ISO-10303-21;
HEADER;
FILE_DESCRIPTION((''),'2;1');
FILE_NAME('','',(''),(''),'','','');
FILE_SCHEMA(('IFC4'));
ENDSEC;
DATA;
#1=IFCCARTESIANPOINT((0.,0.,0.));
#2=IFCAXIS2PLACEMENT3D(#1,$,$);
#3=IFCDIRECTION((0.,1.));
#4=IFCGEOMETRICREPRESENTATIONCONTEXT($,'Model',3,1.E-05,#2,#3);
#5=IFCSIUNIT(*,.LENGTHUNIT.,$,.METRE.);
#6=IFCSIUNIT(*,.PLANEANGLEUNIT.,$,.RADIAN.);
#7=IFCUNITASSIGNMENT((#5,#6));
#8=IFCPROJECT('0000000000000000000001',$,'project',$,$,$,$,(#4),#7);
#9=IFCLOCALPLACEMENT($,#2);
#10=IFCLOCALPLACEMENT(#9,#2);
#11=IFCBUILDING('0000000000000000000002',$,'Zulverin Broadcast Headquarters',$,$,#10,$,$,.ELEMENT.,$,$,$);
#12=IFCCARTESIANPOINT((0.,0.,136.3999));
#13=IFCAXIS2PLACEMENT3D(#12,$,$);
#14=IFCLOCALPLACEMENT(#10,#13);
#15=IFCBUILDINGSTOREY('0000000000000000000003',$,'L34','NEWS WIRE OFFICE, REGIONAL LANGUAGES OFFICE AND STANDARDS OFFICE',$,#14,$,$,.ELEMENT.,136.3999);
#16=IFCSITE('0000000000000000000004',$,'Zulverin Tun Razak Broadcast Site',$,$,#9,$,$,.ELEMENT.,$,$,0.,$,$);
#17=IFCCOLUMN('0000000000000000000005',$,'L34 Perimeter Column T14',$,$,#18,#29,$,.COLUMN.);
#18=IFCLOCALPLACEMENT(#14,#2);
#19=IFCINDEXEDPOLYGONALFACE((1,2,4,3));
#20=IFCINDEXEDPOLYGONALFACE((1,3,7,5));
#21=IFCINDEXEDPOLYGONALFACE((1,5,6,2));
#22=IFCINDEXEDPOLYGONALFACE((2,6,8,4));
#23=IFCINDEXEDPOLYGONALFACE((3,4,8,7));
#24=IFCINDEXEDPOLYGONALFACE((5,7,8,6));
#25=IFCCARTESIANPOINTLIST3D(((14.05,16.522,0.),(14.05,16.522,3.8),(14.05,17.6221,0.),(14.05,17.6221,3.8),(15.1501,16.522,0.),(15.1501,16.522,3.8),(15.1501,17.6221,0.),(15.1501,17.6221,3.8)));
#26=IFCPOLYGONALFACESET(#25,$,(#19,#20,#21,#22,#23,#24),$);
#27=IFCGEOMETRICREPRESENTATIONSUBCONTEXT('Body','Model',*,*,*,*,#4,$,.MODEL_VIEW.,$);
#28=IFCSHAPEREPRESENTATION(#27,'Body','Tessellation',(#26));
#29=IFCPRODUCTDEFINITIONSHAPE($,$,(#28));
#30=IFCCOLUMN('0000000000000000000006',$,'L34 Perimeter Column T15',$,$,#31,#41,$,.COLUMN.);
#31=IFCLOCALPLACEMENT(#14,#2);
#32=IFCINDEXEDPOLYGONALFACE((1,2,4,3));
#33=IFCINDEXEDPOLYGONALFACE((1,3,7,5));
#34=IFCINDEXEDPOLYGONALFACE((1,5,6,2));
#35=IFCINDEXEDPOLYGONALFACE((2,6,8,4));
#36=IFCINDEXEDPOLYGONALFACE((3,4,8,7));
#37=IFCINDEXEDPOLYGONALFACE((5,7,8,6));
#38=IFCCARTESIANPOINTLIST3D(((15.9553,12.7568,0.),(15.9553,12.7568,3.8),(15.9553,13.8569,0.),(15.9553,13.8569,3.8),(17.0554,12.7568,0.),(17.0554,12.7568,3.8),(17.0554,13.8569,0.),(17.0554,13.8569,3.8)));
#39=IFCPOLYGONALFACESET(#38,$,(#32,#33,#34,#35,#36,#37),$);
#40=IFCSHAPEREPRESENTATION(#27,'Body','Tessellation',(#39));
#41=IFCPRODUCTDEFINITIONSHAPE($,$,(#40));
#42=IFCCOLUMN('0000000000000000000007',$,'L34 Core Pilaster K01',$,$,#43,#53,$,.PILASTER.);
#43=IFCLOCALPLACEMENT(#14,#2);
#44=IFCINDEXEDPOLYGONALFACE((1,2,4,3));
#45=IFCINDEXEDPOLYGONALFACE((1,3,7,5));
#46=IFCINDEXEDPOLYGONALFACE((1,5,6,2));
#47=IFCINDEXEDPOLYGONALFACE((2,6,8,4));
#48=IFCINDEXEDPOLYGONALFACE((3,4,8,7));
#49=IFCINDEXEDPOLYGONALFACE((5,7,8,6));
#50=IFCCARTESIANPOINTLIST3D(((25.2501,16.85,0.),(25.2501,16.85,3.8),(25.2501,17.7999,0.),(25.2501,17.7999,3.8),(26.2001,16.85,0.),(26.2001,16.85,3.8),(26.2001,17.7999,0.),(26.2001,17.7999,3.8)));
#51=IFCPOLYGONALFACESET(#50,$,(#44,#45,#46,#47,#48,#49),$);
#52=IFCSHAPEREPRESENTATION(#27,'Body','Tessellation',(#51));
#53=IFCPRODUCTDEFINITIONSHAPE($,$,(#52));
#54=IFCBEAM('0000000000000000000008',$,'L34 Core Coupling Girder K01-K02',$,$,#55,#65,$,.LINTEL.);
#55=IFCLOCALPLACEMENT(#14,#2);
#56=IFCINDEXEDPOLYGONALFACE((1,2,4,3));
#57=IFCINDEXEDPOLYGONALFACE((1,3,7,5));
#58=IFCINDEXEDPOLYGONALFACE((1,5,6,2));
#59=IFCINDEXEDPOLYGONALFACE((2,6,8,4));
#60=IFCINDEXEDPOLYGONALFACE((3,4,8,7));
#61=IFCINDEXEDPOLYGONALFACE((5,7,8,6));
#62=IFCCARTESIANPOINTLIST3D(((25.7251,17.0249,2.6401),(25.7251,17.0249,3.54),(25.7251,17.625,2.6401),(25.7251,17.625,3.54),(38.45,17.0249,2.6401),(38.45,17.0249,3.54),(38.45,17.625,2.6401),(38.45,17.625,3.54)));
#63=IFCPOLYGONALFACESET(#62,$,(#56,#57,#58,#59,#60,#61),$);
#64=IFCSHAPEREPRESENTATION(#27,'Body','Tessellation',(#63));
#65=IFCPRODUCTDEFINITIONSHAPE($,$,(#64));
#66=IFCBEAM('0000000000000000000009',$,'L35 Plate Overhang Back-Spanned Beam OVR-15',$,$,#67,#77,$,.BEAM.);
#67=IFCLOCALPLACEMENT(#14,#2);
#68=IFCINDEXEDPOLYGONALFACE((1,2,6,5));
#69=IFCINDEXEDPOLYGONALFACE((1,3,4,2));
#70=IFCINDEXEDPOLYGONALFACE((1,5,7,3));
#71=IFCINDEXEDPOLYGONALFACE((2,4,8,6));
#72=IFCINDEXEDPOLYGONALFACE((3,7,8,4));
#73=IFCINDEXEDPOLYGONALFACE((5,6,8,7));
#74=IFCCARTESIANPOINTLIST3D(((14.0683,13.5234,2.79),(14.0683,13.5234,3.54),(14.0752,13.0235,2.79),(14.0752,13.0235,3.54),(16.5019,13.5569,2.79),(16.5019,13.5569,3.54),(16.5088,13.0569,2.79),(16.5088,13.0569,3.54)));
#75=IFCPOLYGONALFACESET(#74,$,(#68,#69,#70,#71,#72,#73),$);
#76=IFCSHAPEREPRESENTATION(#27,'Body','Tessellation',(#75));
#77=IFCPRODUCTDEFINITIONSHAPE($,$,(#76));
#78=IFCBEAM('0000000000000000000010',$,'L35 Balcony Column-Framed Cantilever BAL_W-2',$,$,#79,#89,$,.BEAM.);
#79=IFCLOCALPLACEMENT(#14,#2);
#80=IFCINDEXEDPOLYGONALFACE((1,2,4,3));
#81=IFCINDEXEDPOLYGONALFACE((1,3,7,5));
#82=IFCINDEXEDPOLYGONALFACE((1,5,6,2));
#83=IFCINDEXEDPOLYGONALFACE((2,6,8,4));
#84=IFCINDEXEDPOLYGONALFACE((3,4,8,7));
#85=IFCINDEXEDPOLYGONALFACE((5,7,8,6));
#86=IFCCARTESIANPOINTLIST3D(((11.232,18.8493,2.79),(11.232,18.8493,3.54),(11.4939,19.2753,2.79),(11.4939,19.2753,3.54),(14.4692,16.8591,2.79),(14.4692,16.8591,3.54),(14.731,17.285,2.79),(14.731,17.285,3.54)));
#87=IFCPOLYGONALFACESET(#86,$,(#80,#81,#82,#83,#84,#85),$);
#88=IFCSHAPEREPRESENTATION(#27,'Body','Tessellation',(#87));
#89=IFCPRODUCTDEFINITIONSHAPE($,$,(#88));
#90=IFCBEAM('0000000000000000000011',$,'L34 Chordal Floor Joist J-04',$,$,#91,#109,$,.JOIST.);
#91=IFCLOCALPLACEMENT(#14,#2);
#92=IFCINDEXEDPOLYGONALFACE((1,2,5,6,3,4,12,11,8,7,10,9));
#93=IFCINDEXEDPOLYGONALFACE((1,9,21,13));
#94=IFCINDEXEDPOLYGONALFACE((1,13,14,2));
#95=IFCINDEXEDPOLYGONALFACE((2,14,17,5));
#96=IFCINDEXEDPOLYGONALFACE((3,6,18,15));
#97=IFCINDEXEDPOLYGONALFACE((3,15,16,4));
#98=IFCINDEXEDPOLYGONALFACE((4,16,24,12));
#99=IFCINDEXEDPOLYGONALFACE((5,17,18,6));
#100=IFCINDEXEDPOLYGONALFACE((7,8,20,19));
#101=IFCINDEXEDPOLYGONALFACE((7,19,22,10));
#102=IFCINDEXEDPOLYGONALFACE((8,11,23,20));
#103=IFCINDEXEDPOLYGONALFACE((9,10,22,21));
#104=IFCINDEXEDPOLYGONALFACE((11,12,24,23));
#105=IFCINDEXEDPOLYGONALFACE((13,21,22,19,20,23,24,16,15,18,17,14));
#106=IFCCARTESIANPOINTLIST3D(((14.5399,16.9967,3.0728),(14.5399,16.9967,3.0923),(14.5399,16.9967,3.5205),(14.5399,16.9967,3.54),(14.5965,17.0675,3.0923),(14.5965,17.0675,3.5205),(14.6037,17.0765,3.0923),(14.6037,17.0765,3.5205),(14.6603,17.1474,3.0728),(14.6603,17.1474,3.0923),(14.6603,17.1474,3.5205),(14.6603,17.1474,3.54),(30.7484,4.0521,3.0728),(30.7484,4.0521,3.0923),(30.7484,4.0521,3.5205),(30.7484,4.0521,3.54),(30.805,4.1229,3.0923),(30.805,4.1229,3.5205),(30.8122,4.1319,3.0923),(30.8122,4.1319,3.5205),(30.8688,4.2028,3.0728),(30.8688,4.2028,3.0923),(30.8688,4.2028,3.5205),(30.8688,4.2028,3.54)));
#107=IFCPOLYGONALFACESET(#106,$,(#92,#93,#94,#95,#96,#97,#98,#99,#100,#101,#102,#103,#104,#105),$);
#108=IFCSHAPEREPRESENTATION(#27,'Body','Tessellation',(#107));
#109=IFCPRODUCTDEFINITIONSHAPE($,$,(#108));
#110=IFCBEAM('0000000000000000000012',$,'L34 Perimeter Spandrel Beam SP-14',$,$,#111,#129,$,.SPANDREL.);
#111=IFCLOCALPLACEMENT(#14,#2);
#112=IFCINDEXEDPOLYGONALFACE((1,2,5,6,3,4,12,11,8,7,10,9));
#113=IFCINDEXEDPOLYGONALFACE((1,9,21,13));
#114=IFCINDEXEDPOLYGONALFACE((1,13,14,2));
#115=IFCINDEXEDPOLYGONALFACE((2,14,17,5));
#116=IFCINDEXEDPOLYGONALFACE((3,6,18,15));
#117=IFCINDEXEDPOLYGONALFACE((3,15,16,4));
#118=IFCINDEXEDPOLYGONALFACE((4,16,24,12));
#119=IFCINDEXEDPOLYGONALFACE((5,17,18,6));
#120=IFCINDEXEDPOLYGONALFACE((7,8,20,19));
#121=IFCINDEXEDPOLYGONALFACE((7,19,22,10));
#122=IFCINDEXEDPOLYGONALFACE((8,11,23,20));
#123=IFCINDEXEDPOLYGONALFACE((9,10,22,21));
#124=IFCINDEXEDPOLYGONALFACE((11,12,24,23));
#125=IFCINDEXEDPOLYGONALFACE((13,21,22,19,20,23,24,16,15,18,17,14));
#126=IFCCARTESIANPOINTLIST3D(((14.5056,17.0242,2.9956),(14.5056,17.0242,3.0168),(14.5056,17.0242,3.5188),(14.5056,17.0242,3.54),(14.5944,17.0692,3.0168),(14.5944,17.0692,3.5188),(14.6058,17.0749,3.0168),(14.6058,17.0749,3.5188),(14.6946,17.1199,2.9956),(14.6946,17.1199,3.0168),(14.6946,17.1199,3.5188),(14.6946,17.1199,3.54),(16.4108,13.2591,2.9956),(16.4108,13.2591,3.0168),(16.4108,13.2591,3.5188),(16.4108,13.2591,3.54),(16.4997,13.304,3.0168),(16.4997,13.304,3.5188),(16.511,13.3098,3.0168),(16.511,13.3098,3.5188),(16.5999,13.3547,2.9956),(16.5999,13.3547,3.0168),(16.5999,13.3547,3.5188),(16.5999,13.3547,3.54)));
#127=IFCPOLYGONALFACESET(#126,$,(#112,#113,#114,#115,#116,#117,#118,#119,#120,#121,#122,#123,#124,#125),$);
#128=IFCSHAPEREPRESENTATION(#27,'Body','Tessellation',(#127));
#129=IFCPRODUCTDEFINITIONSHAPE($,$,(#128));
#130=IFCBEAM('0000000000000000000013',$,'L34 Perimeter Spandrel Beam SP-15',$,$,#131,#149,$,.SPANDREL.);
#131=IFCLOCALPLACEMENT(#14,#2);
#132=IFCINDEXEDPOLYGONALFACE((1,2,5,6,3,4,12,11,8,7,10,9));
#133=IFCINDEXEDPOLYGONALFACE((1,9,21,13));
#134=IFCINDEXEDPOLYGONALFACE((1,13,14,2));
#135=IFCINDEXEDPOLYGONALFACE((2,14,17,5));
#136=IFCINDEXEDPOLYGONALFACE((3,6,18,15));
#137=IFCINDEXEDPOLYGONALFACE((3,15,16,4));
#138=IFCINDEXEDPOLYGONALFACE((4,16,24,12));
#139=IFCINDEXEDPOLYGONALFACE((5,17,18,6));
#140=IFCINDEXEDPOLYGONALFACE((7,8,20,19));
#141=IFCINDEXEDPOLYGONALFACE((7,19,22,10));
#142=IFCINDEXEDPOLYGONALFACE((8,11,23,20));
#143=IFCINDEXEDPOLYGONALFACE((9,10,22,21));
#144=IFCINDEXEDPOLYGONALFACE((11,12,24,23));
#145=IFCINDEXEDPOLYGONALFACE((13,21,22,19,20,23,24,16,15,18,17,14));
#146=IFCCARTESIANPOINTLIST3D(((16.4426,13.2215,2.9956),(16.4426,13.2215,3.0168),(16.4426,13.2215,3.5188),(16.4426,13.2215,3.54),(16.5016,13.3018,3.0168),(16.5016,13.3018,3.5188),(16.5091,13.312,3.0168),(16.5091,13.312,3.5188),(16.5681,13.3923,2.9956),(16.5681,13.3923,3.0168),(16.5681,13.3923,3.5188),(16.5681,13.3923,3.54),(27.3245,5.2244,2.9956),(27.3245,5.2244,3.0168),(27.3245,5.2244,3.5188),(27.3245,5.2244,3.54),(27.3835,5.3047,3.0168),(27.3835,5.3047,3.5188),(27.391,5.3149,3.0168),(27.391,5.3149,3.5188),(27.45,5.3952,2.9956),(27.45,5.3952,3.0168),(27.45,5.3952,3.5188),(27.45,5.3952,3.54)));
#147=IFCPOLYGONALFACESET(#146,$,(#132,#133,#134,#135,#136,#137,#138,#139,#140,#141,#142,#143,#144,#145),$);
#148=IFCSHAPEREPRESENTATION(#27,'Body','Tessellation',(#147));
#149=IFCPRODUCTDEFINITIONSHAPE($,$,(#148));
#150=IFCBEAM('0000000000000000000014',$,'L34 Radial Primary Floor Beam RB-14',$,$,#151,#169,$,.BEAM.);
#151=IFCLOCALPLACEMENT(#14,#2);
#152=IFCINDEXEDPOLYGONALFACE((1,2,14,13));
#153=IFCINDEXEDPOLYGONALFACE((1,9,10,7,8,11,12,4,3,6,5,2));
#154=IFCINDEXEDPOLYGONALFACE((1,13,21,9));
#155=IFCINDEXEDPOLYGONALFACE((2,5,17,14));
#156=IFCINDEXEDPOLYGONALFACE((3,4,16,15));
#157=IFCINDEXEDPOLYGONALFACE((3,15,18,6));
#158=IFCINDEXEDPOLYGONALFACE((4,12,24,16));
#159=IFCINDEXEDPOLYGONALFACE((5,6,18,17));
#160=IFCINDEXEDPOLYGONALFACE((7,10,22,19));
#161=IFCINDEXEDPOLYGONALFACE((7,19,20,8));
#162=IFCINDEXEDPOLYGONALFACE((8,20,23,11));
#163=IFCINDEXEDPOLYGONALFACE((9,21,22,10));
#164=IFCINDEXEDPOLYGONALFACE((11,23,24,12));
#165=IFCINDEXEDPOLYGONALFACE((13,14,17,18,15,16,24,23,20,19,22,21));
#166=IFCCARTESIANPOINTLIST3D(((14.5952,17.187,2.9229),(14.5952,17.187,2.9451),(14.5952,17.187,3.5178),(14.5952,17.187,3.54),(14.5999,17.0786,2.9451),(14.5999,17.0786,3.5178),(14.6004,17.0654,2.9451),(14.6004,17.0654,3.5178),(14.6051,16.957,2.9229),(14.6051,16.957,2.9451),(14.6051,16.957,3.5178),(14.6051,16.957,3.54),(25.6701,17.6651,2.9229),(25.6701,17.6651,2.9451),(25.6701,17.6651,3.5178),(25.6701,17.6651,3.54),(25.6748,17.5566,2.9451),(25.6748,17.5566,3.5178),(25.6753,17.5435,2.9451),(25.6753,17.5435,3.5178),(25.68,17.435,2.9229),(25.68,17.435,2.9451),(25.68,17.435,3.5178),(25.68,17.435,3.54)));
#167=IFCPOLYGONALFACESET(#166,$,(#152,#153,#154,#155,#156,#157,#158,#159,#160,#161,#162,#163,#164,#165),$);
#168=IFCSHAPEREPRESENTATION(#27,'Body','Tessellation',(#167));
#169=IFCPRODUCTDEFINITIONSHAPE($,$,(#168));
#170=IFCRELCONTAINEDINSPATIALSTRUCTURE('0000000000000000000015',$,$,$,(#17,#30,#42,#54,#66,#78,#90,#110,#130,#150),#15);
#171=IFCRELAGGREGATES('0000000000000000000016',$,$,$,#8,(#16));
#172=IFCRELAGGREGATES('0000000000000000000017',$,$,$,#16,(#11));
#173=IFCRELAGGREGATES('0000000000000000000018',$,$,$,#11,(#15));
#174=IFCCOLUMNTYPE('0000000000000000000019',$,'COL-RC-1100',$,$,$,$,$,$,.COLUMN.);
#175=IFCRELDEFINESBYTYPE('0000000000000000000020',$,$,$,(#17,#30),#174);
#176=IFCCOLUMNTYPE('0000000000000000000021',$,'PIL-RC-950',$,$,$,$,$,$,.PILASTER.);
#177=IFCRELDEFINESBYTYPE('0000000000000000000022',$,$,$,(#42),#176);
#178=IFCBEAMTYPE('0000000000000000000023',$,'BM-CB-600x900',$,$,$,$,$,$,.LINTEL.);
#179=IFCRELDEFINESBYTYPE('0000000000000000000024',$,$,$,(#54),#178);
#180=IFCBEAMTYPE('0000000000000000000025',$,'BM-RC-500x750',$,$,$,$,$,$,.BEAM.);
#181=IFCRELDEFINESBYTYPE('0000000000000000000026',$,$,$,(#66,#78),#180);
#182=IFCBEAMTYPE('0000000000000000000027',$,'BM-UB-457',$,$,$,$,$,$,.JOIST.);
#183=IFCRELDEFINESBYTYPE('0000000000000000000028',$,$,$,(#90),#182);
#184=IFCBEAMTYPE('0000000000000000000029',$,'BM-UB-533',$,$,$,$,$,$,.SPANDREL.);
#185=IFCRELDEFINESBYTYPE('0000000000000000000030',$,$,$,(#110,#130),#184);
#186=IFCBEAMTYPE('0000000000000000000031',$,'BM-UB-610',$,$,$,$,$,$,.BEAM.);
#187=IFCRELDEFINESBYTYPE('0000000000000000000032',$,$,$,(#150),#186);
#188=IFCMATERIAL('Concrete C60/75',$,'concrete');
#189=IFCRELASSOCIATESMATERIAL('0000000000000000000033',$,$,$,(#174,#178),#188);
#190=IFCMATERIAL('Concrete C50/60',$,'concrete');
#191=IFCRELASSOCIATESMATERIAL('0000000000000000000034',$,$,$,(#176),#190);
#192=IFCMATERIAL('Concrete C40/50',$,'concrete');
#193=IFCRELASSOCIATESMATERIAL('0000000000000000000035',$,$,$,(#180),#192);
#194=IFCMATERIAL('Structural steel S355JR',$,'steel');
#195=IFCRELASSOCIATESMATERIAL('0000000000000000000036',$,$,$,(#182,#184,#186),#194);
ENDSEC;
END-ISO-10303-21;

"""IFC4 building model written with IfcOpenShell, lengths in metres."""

from ifc_helpers import new_model, si_unit, direction, frame, origin, origin_2d, place, context, subcontext, project, spatial, rectangle, i_section, extrude, material, material_profile, profile_set, type_object, element, save


model = new_model("IFC4")

# Units and contexts
model_context = context("Model", 3, precision=1e-05, world=origin(), true_north=direction((0.0, 1.0)))
body_context = subcontext(model_context, "Body", "Model", "MODEL_VIEW")
ifc_project = project(units=[si_unit("LENGTHUNIT", "METRE"), si_unit("PLANEANGLEUNIT", "RADIAN")], contexts=[model_context])

# Site, building, storey
site_placement = place(None, origin())
site = spatial("IfcSite", under=ifc_project, at=site_placement, Name="Zulverin Tun Razak Broadcast Site", CompositionType="ELEMENT", RefElevation=0.0)
building_placement = place(site_placement, origin())
building = spatial("IfcBuilding", under=site, at=building_placement, Name="Zulverin Broadcast Headquarters", CompositionType="ELEMENT")
storey_placement = place(building_placement, frame((0.0, 0.0, 136.3999)))
storey = spatial("IfcBuildingStorey", under=building, at=storey_placement, Name="L34", Description="NEWS WIRE OFFICE, REGIONAL LANGUAGES OFFICE AND STANDARDS OFFICE", CompositionType="ELEMENT", Elevation=136.3999)

# Columns
ifc_material_1 = material(Name="Concrete C60/75", Category="concrete")
ifc_material_profile_1 = material_profile(ifc_material_1, rectangle(XDim=1.1001, YDim=1.1001, at=origin_2d()), Name="Concrete C60/75", Category="concrete")
ifc_profile_set_1 = profile_set([ifc_material_profile_1], Name="Concrete C60/75")
column_type_1 = type_object("IfcColumnType", Name="COL-RC-1100", PredefinedType="COLUMN", material=ifc_profile_set_1)
for number, where, z_axis, x_axis, name in (
    (1, (14.6001, 17.072, 0.0), (0.0, 0.0, 1.0), (1.0, 0.0, 0.0), "L34 Perimeter Column T14"),
    (2, (16.5054, 13.3069, 0.0), (0.0, 0.0, 1.0), (1.0, 0.0, 0.0), "L34 Perimeter Column T15"),
):
    element("IfcColumn", number, at=place(storey_placement, frame(where, z_axis=z_axis, x_axis=x_axis)), inside=storey, type_object=column_type_1, Name=name, PredefinedType="COLUMN", context=body_context, shape_type="SweptSolid", body=[
        extrude(rectangle(XDim=1.1001, YDim=1.1001, at=origin_2d()), origin(), (0.0, 0.0, 1.0), 3.8),
    ])
ifc_material_2 = material(Name="Concrete C50/60", Category="concrete")
ifc_material_profile_2 = material_profile(ifc_material_2, rectangle(XDim=0.95, YDim=0.95, at=origin_2d()), Name="Concrete C50/60", Category="concrete")
ifc_profile_set_2 = profile_set([ifc_material_profile_2], Name="Concrete C50/60")
column_type_2 = type_object("IfcColumnType", Name="PIL-RC-950", PredefinedType="PILASTER", material=ifc_profile_set_2)
column_placement = place(storey_placement, frame((25.7251, 17.325, 0.0), z_axis=(0.0, 0.0, 1.0), x_axis=(1.0, 0.0, 0.0)))
element("IfcColumn", 3, at=column_placement, inside=storey, type_object=column_type_2, Name="L34 Core Pilaster K01", PredefinedType="PILASTER", context=body_context, shape_type="SweptSolid", body=[
    extrude(rectangle(XDim=0.95, YDim=0.95, at=origin_2d()), origin(), (0.0, 0.0, 1.0), 3.8),
])

# Beams
ifc_material_profile_3 = material_profile(ifc_material_1, rectangle(XDim=0.6001, YDim=0.8999, at=origin_2d()), Name="Concrete C60/75", Category="concrete")
ifc_profile_set_3 = profile_set([ifc_material_profile_3], Name="Concrete C60/75")
beam_type_1 = type_object("IfcBeamType", Name="BM-CB-600x900", PredefinedType="LINTEL", material=ifc_profile_set_3)
beam_1_placement = place(storey_placement, frame((25.7251, 17.325, 3.0901), z_axis=(1.0, 0.0, 0.0), x_axis=(0.0, 1.0, 0.0)))
element("IfcBeam", 4, at=beam_1_placement, inside=storey, type_object=beam_type_1, Name="L34 Core Coupling Girder K01-K02", PredefinedType="LINTEL", context=body_context, shape_type="SweptSolid", body=[
    extrude(rectangle(XDim=0.6001, YDim=0.8999, at=origin_2d()), origin(), (0.0, 0.0, 1.0), 12.7249),
])
ifc_material_3 = material(Name="Concrete C40/50", Category="concrete")
ifc_material_profile_4 = material_profile(ifc_material_3, rectangle(XDim=0.5, YDim=0.75, at=origin_2d()), Name="Concrete C40/50", Category="concrete")
ifc_profile_set_4 = profile_set([ifc_material_profile_4], Name="Concrete C40/50")
beam_type_2 = type_object("IfcBeamType", Name="BM-RC-500x750", PredefinedType="BEAM", material=ifc_profile_set_4)
beam_2_placement = place(storey_placement, frame((16.5054, 13.3069, 3.165), z_axis=(-0.999906, -0.013743, 0.0), x_axis=(0.013743, -0.999906, 0.0)))
element("IfcBeam", 5, at=beam_2_placement, inside=storey, type_object=beam_type_2, Name="L35 Plate Overhang Back-Spanned Beam OVR-15", PredefinedType="BEAM", context=body_context, shape_type="SweptSolid", body=[
    extrude(rectangle(XDim=0.5, YDim=0.75, at=origin_2d()), origin(), (0.0, 0.0, 1.0), 2.4338),
])
beam_3_placement = place(storey_placement, frame((14.6001, 17.072, 3.165), z_axis=(-0.85187, 0.523753, 0.0), x_axis=(-0.523753, -0.85187, 0.0)))
element("IfcBeam", 6, at=beam_3_placement, inside=storey, type_object=beam_type_2, Name="L35 Balcony Column-Framed Cantilever BAL_W-2", PredefinedType="BEAM", context=body_context, shape_type="SweptSolid", body=[
    extrude(rectangle(XDim=0.5, YDim=0.75, at=origin_2d()), origin(), (0.0, 0.0, 1.0), 3.8),
])
ifc_material_4 = material(Name="Structural steel S355JR", Category="steel")
ifc_material_profile_5 = material_profile(ifc_material_4, i_section(OverallWidth=0.1929, OverallDepth=0.4673, WebThickness=0.0115, FlangeThickness=0.0195, at=origin_2d()), Name="Structural steel S355JR", Category="steel")
ifc_profile_set_5 = profile_set([ifc_material_profile_5], Name="Structural steel S355JR")
beam_type_3 = type_object("IfcBeamType", Name="BM-UB-457", PredefinedType="JOIST", material=ifc_profile_set_5)
beam_4_placement = place(storey_placement, frame((14.6001, 17.072, 3.3064), z_axis=(0.781391, -0.624042, 0.0), x_axis=(0.624042, 0.781391, 0.0)))
element("IfcBeam", 7, at=beam_4_placement, inside=storey, type_object=beam_type_3, Name="L34 Chordal Floor Joist J-04", PredefinedType="JOIST", context=body_context, shape_type="SweptSolid", body=[
    extrude(i_section(OverallWidth=0.1929, OverallDepth=0.4673, WebThickness=0.0115, FlangeThickness=0.0195, at=origin_2d()), origin(), (0.0, 0.0, 1.0), 20.7432),
])
ifc_material_profile_6 = material_profile(ifc_material_4, i_section(OverallWidth=0.2119, OverallDepth=0.5444, WebThickness=0.0127, FlangeThickness=0.0212, at=origin_2d()), Name="Structural steel S355JR", Category="steel")
ifc_profile_set_6 = profile_set([ifc_material_profile_6], Name="Structural steel S355JR")
beam_type_4 = type_object("IfcBeamType", Name="BM-UB-533", PredefinedType="SPANDREL", material=ifc_profile_set_6)
beam_5_placement = place(storey_placement, frame((14.6001, 17.072, 3.2678), z_axis=(0.451513, -0.892265, 0.0), x_axis=(0.892265, 0.451513, 0.0)))
element("IfcBeam", 8, at=beam_5_placement, inside=storey, type_object=beam_type_4, Name="L34 Perimeter Spandrel Beam SP-14", PredefinedType="SPANDREL", context=body_context, shape_type="SweptSolid", body=[
    extrude(i_section(OverallWidth=0.2119, OverallDepth=0.5444, WebThickness=0.0127, FlangeThickness=0.0212, at=origin_2d()), origin(), (0.0, 0.0, 1.0), 4.2197),
])
beam_6_placement = place(storey_placement, frame((16.5054, 13.3069, 3.2678), z_axis=(0.805802, -0.592185, 0.0), x_axis=(0.592185, 0.805802, 0.0)))
element("IfcBeam", 9, at=beam_6_placement, inside=storey, type_object=beam_type_4, Name="L34 Perimeter Spandrel Beam SP-15", PredefinedType="SPANDREL", context=body_context, shape_type="SweptSolid", body=[
    extrude(i_section(OverallWidth=0.2119, OverallDepth=0.5444, WebThickness=0.0127, FlangeThickness=0.0212, at=origin_2d()), origin(), (0.0, 0.0, 1.0), 13.5044),
])
ifc_material_profile_7 = material_profile(ifc_material_4, i_section(OverallWidth=0.2302, OverallDepth=0.6172, WebThickness=0.0132, FlangeThickness=0.0222, at=origin_2d()), Name="Structural steel S355JR", Category="steel")
ifc_profile_set_7 = profile_set([ifc_material_profile_7], Name="Structural steel S355JR")
beam_type_5 = type_object("IfcBeamType", Name="BM-UB-610", PredefinedType="BEAM", material=ifc_profile_set_7)
beam_7_placement = place(storey_placement, frame((25.675, 17.55, 3.2314), z_axis=(-0.99907, -0.043123, 0.0), x_axis=(0.043123, -0.99907, 0.0)))
element("IfcBeam", 10, at=beam_7_placement, inside=storey, type_object=beam_type_5, Name="L34 Radial Primary Floor Beam RB-14", PredefinedType="BEAM", context=body_context, shape_type="SweptSolid", body=[
    extrude(i_section(OverallWidth=0.2302, OverallDepth=0.6172, WebThickness=0.0132, FlangeThickness=0.0222, at=origin_2d()), origin(), (0.0, 0.0, 1.0), 11.0852),
])

save(model, "model.ifc")
